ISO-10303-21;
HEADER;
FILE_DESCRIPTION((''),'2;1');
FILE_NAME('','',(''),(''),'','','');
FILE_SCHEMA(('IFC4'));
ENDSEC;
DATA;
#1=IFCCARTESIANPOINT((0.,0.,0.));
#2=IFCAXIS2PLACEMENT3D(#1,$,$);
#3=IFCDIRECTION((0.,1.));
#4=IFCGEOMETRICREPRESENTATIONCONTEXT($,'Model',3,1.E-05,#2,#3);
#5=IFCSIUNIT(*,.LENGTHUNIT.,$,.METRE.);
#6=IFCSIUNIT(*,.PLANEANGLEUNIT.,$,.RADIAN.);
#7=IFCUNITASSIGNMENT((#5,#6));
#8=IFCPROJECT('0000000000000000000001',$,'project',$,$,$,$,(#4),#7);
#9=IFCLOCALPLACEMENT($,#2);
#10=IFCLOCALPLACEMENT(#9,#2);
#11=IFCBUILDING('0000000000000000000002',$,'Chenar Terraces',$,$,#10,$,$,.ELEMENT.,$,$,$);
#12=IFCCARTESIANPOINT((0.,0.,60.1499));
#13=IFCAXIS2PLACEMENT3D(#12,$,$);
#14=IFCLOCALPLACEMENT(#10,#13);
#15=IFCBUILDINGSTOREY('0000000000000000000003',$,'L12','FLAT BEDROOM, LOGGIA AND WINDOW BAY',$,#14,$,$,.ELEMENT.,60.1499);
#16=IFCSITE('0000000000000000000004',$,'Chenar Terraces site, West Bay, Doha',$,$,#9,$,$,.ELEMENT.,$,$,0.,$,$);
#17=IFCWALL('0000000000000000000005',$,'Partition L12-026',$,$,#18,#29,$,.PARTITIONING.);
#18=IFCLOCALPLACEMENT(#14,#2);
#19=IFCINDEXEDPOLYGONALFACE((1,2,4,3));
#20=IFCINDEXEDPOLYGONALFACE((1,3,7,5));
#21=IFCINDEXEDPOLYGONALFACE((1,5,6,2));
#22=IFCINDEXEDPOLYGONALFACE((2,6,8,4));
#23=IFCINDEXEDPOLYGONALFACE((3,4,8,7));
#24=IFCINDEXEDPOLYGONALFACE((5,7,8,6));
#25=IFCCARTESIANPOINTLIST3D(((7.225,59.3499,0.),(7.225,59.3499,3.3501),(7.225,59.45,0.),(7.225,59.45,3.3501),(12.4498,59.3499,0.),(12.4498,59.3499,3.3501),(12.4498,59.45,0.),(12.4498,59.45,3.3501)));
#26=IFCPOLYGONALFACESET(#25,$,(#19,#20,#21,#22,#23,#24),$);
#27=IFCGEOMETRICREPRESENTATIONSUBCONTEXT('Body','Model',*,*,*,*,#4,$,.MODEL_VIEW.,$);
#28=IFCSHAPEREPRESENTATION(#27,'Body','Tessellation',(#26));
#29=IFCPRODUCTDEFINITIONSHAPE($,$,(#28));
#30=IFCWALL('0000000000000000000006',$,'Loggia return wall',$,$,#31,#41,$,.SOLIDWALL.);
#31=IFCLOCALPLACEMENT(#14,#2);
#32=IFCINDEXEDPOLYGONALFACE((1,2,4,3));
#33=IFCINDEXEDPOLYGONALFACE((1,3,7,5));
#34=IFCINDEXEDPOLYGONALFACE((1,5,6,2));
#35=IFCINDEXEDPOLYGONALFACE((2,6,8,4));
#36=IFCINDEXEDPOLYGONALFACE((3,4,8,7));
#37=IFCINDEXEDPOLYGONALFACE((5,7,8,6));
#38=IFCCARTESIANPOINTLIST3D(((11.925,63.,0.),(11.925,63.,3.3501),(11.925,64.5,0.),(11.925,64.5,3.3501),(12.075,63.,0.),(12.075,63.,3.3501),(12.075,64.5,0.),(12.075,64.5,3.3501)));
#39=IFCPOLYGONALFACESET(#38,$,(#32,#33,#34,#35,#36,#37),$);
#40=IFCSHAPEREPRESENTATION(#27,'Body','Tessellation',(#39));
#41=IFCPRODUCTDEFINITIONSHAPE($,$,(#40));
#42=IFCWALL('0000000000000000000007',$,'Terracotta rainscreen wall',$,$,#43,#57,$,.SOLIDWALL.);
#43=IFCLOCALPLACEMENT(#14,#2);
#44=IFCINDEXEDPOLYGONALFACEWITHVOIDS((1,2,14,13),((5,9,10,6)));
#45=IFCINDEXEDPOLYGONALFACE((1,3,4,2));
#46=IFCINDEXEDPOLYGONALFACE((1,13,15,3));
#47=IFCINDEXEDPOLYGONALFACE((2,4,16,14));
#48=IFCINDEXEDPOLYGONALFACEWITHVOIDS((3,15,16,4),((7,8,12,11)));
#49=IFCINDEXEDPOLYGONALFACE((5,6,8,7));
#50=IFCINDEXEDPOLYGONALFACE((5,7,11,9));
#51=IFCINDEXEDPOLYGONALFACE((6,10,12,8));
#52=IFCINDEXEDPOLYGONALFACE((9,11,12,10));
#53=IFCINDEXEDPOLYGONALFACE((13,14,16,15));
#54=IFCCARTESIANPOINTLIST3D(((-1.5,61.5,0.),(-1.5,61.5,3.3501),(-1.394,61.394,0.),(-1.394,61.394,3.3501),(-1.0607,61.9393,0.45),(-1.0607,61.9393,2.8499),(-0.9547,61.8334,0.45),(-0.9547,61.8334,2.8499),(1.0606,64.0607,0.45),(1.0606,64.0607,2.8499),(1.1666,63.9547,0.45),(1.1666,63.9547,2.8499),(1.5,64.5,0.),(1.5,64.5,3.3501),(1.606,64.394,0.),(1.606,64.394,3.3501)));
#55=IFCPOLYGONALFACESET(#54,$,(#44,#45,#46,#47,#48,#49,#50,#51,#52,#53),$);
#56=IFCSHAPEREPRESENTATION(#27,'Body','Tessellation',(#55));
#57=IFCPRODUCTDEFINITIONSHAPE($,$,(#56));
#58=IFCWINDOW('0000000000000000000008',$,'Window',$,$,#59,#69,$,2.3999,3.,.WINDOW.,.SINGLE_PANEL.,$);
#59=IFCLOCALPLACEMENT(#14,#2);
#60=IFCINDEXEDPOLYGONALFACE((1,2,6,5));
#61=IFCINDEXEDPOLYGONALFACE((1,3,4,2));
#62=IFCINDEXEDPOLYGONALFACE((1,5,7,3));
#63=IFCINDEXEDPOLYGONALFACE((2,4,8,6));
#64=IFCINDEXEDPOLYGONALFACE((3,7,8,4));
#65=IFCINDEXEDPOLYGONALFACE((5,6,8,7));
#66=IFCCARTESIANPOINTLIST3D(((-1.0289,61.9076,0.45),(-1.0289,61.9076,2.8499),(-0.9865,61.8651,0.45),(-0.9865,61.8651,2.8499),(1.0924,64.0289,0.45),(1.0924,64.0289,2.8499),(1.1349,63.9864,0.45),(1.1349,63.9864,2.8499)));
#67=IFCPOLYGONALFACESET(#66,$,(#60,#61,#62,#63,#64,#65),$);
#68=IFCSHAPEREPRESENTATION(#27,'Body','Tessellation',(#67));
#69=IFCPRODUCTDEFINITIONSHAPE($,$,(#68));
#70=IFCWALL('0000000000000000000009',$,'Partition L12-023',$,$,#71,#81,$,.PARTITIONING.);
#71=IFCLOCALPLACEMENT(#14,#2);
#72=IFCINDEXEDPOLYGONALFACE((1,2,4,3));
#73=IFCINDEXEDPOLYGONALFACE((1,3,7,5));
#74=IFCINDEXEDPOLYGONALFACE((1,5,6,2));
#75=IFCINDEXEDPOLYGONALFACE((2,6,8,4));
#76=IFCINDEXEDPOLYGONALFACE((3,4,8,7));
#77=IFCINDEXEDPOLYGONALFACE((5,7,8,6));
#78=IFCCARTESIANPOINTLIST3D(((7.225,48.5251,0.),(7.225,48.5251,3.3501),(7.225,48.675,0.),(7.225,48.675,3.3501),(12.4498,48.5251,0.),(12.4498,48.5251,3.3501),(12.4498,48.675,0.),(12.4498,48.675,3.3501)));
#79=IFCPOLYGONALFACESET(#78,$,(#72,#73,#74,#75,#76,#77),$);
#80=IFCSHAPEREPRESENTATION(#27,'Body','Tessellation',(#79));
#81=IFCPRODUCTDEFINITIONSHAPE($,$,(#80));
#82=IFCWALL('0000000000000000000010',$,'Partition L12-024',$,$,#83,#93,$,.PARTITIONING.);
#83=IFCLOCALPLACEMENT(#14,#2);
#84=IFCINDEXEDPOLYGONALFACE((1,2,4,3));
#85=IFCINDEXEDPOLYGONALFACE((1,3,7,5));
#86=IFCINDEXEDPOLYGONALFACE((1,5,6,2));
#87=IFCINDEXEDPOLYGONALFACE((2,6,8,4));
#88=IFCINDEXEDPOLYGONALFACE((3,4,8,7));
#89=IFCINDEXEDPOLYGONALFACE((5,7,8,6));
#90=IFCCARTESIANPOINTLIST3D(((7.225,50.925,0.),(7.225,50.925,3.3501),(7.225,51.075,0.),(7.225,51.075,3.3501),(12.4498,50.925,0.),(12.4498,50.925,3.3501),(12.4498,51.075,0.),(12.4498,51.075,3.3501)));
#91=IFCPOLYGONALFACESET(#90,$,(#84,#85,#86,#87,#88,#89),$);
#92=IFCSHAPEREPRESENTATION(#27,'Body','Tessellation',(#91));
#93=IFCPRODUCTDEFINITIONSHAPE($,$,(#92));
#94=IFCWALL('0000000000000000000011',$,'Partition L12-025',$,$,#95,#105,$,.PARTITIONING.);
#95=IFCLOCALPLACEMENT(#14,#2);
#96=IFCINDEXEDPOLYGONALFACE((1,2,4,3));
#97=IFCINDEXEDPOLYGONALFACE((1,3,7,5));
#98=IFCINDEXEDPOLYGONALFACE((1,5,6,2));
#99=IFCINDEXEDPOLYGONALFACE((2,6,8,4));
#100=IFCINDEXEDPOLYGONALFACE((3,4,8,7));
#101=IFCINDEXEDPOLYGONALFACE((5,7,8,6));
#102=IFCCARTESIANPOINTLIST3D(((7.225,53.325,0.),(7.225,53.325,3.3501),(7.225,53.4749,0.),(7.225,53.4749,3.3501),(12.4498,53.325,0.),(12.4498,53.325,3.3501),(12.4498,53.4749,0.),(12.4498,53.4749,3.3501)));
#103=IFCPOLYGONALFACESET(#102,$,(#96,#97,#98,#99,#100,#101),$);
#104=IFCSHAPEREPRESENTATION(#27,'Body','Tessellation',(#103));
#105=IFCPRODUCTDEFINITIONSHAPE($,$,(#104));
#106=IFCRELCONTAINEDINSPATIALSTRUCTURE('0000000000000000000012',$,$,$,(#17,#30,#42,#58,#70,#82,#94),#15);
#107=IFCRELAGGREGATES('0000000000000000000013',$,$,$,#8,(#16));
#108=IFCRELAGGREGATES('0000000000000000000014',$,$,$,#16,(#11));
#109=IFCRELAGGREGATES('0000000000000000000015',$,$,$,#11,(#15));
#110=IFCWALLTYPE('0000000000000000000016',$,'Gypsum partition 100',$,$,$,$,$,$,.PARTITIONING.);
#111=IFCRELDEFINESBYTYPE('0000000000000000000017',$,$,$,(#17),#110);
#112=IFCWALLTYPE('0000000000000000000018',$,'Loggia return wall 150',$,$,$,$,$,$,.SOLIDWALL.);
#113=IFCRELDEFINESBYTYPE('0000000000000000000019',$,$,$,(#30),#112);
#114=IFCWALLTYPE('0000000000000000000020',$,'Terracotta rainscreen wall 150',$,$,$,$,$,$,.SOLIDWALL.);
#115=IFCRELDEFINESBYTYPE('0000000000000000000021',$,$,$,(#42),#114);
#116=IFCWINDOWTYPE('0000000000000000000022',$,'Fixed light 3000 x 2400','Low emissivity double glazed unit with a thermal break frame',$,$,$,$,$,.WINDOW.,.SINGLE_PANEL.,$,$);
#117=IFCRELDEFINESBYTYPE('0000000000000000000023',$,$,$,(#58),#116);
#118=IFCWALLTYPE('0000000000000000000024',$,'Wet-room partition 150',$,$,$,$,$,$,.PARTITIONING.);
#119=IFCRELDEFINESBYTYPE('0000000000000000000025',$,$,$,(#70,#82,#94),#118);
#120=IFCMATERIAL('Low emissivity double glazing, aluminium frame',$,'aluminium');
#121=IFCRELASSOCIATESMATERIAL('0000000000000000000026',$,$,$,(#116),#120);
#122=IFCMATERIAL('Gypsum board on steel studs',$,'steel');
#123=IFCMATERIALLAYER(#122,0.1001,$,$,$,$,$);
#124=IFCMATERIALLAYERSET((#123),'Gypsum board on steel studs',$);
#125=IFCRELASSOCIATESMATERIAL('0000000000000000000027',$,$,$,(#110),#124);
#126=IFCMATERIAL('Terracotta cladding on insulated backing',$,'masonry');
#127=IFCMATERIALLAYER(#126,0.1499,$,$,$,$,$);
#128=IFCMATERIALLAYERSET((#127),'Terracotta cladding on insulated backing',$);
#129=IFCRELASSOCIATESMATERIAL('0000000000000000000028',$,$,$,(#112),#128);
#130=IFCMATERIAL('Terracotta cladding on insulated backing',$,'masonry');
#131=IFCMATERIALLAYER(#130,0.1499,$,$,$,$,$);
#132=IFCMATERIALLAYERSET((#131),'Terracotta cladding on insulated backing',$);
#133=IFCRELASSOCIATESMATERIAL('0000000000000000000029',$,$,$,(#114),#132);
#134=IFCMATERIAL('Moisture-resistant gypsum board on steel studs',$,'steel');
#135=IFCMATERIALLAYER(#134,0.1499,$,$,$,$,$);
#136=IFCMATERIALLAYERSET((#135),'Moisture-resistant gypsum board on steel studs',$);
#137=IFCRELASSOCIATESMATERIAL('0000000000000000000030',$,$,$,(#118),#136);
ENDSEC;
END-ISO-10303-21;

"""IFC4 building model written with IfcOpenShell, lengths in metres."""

from ifc_helpers import new_model, si_unit, direction, frame, frame_2d, origin, place, context, subcontext, project, spatial, rectangle, extrude, material, layer, layer_set, type_object, element, fill, save


model = new_model("IFC4")

# Units and contexts
model_context = context("Model", 3, precision=1e-05, world=origin(), true_north=direction((0.0, 1.0)))
body_context = subcontext(model_context, "Body", "Model", "MODEL_VIEW")
ifc_project = project(units=[si_unit("LENGTHUNIT", "METRE"), si_unit("PLANEANGLEUNIT", "RADIAN")], contexts=[model_context])

# Site, building, storey
site_placement = place(None, origin())
site = spatial("IfcSite", under=ifc_project, at=site_placement, Name="Chenar Terraces site, West Bay, Doha", CompositionType="ELEMENT", RefElevation=0.0)
building_placement = place(site_placement, origin())
building = spatial("IfcBuilding", under=site, at=building_placement, Name="Chenar Terraces", CompositionType="ELEMENT")
storey_placement = place(building_placement, frame((0.0, 0.0, 60.1499)))
storey = spatial("IfcBuildingStorey", under=building, at=storey_placement, Name="L12", Description="FLAT BEDROOM, LOGGIA AND WINDOW BAY", CompositionType="ELEMENT", Elevation=60.1499)

# Shared definitions
ifc_material_1 = material(Name="Low emissivity double glazing, aluminium frame", Category="aluminium")
window_type_1 = type_object("IfcWindowType", Name="Fixed light 3000 x 2400", Description="Low emissivity double glazed unit with a thermal break frame", PartitioningType="SINGLE_PANEL", PredefinedType="WINDOW", material=ifc_material_1)

# Walls
ifc_material_2 = material(Name="Gypsum board on steel studs", Category="steel")
ifc_layer_1 = layer(ifc_material_2, 0.1001)
ifc_layer_set_1 = layer_set([ifc_layer_1], Name="Gypsum board on steel studs")
wall_type_1 = type_object("IfcWallType", Name="Gypsum partition 100", PredefinedType="PARTITIONING", material=ifc_layer_set_1)
wall_1_placement = place(storey_placement, frame((7.2251, 59.3999, 0.0), z_axis=(0.0, 0.0, 1.0), x_axis=(1.0, 0.0, 0.0)))
element("IfcWall", 1, at=wall_1_placement, inside=storey, type_object=wall_type_1, Name="Partition L12-026", PredefinedType="PARTITIONING", context=body_context, shape_type="SweptSolid", body=[
    extrude(rectangle(XDim=5.2249, YDim=0.1001, at=frame_2d((2.6123, 0.0))), origin(), (0.0, 0.0, 1.0), 3.3501),
])
ifc_material_3 = material(Name="Terracotta cladding on insulated backing", Category="masonry")
ifc_layer_2 = layer(ifc_material_3, 0.1499)
ifc_layer_set_2 = layer_set([ifc_layer_2], Name="Terracotta cladding on insulated backing")
wall_type_2 = type_object("IfcWallType", Name="Loggia return wall 150", PredefinedType="SOLIDWALL", material=ifc_layer_set_2)
wall_2_placement = place(storey_placement, frame((12.0, 64.5, 0.0), z_axis=(0.0, 0.0, 1.0), x_axis=(0.0, -1.0, 0.0)))
element("IfcWall", 2, at=wall_2_placement, inside=storey, type_object=wall_type_2, Name="Loggia return wall", PredefinedType="SOLIDWALL", context=body_context, shape_type="SweptSolid", body=[
    extrude(rectangle(XDim=1.5, YDim=0.1499, at=frame_2d((0.75, 0.0))), origin(), (0.0, 0.0, 1.0), 3.3501),
])

# Wall, opening, window
ifc_material_4 = material(Name="Terracotta cladding on insulated backing", Category="masonry")
ifc_layer_3 = layer(ifc_material_4, 0.1499)
ifc_layer_set_3 = layer_set([ifc_layer_3], Name="Terracotta cladding on insulated backing")
wall_type_3 = type_object("IfcWallType", Name="Terracotta rainscreen wall 150", PredefinedType="SOLIDWALL", material=ifc_layer_set_3)
wall_3_placement = place(storey_placement, frame((1.553, 64.447, 0.0), z_axis=(0.0, 0.0, 1.0), x_axis=(-0.707107, -0.707107, 0.0)))
wall_3 = element("IfcWall", 3, at=wall_3_placement, inside=storey, type_object=wall_type_3, Name="Terracotta rainscreen wall", PredefinedType="SOLIDWALL", context=body_context, shape_type="SweptSolid", body=[
    extrude(rectangle(XDim=4.2427, YDim=0.1499, at=frame_2d((2.1213, 0.0))), origin(), (0.0, 0.0, 1.0), 3.3501),
])
opening_1_placement = place(wall_3_placement, frame((0.6213, 0.0, 0.45)))
opening_1 = element("IfcOpeningElement", 4, at=opening_1_placement, cuts=wall_3, PredefinedType="OPENING", context=body_context, shape_type="SweptSolid", body=[
    extrude(rectangle(XDim=3.0, YDim=2.3999, at=frame_2d((1.5, 1.2))), frame((0.0, 0.085, 0.0), z_axis=(0.0, -1.0, 0.0), x_axis=(1.0, 0.0, 0.0)), (0.0, 0.0, 1.0), 0.1699),
])
window_1_placement = place(opening_1_placement, origin())
window_1 = element("IfcWindow", 5, at=window_1_placement, inside=storey, type_object=window_type_1, Name="Window", OverallHeight=2.3999, OverallWidth=3.0, PartitioningType="SINGLE_PANEL", PredefinedType="WINDOW", context=body_context, shape_type="SweptSolid", body=[
    extrude(rectangle(XDim=3.0, YDim=2.3999, at=frame_2d((1.5, 1.2))), frame((0.0, 0.03, 0.0), z_axis=(0.0, -1.0, 0.0), x_axis=(1.0, 0.0, 0.0)), (0.0, 0.0, 1.0), 0.0601),
])
fill(opening_1, window_1)

# Walls
ifc_material_5 = material(Name="Moisture-resistant gypsum board on steel studs", Category="steel")
ifc_layer_4 = layer(ifc_material_5, 0.1499)
ifc_layer_set_4 = layer_set([ifc_layer_4], Name="Moisture-resistant gypsum board on steel studs")
wall_type_4 = type_object("IfcWallType", Name="Wet-room partition 150", PredefinedType="PARTITIONING", material=ifc_layer_set_4)
for number, where, z_axis, x_axis, name in (
    (6, (7.2251, 48.6001, 0.0), (0.0, 0.0, 1.0), (1.0, 0.0, 0.0), "Partition L12-023"),
    (7, (7.2251, 51.0, 0.0), (0.0, 0.0, 1.0), (1.0, 0.0, 0.0), "Partition L12-024"),
    (8, (7.2251, 53.3999, 0.0), (0.0, 0.0, 1.0), (1.0, 0.0, 0.0), "Partition L12-025"),
):
    element("IfcWall", number, at=place(storey_placement, frame(where, z_axis=z_axis, x_axis=x_axis)), inside=storey, type_object=wall_type_4, Name=name, PredefinedType="PARTITIONING", context=body_context, shape_type="SweptSolid", body=[
        extrude(rectangle(XDim=5.2249, YDim=0.1499, at=frame_2d((2.6123, 0.0))), origin(), (0.0, 0.0, 1.0), 3.3501),
    ])

save(model, "model.ifc")
